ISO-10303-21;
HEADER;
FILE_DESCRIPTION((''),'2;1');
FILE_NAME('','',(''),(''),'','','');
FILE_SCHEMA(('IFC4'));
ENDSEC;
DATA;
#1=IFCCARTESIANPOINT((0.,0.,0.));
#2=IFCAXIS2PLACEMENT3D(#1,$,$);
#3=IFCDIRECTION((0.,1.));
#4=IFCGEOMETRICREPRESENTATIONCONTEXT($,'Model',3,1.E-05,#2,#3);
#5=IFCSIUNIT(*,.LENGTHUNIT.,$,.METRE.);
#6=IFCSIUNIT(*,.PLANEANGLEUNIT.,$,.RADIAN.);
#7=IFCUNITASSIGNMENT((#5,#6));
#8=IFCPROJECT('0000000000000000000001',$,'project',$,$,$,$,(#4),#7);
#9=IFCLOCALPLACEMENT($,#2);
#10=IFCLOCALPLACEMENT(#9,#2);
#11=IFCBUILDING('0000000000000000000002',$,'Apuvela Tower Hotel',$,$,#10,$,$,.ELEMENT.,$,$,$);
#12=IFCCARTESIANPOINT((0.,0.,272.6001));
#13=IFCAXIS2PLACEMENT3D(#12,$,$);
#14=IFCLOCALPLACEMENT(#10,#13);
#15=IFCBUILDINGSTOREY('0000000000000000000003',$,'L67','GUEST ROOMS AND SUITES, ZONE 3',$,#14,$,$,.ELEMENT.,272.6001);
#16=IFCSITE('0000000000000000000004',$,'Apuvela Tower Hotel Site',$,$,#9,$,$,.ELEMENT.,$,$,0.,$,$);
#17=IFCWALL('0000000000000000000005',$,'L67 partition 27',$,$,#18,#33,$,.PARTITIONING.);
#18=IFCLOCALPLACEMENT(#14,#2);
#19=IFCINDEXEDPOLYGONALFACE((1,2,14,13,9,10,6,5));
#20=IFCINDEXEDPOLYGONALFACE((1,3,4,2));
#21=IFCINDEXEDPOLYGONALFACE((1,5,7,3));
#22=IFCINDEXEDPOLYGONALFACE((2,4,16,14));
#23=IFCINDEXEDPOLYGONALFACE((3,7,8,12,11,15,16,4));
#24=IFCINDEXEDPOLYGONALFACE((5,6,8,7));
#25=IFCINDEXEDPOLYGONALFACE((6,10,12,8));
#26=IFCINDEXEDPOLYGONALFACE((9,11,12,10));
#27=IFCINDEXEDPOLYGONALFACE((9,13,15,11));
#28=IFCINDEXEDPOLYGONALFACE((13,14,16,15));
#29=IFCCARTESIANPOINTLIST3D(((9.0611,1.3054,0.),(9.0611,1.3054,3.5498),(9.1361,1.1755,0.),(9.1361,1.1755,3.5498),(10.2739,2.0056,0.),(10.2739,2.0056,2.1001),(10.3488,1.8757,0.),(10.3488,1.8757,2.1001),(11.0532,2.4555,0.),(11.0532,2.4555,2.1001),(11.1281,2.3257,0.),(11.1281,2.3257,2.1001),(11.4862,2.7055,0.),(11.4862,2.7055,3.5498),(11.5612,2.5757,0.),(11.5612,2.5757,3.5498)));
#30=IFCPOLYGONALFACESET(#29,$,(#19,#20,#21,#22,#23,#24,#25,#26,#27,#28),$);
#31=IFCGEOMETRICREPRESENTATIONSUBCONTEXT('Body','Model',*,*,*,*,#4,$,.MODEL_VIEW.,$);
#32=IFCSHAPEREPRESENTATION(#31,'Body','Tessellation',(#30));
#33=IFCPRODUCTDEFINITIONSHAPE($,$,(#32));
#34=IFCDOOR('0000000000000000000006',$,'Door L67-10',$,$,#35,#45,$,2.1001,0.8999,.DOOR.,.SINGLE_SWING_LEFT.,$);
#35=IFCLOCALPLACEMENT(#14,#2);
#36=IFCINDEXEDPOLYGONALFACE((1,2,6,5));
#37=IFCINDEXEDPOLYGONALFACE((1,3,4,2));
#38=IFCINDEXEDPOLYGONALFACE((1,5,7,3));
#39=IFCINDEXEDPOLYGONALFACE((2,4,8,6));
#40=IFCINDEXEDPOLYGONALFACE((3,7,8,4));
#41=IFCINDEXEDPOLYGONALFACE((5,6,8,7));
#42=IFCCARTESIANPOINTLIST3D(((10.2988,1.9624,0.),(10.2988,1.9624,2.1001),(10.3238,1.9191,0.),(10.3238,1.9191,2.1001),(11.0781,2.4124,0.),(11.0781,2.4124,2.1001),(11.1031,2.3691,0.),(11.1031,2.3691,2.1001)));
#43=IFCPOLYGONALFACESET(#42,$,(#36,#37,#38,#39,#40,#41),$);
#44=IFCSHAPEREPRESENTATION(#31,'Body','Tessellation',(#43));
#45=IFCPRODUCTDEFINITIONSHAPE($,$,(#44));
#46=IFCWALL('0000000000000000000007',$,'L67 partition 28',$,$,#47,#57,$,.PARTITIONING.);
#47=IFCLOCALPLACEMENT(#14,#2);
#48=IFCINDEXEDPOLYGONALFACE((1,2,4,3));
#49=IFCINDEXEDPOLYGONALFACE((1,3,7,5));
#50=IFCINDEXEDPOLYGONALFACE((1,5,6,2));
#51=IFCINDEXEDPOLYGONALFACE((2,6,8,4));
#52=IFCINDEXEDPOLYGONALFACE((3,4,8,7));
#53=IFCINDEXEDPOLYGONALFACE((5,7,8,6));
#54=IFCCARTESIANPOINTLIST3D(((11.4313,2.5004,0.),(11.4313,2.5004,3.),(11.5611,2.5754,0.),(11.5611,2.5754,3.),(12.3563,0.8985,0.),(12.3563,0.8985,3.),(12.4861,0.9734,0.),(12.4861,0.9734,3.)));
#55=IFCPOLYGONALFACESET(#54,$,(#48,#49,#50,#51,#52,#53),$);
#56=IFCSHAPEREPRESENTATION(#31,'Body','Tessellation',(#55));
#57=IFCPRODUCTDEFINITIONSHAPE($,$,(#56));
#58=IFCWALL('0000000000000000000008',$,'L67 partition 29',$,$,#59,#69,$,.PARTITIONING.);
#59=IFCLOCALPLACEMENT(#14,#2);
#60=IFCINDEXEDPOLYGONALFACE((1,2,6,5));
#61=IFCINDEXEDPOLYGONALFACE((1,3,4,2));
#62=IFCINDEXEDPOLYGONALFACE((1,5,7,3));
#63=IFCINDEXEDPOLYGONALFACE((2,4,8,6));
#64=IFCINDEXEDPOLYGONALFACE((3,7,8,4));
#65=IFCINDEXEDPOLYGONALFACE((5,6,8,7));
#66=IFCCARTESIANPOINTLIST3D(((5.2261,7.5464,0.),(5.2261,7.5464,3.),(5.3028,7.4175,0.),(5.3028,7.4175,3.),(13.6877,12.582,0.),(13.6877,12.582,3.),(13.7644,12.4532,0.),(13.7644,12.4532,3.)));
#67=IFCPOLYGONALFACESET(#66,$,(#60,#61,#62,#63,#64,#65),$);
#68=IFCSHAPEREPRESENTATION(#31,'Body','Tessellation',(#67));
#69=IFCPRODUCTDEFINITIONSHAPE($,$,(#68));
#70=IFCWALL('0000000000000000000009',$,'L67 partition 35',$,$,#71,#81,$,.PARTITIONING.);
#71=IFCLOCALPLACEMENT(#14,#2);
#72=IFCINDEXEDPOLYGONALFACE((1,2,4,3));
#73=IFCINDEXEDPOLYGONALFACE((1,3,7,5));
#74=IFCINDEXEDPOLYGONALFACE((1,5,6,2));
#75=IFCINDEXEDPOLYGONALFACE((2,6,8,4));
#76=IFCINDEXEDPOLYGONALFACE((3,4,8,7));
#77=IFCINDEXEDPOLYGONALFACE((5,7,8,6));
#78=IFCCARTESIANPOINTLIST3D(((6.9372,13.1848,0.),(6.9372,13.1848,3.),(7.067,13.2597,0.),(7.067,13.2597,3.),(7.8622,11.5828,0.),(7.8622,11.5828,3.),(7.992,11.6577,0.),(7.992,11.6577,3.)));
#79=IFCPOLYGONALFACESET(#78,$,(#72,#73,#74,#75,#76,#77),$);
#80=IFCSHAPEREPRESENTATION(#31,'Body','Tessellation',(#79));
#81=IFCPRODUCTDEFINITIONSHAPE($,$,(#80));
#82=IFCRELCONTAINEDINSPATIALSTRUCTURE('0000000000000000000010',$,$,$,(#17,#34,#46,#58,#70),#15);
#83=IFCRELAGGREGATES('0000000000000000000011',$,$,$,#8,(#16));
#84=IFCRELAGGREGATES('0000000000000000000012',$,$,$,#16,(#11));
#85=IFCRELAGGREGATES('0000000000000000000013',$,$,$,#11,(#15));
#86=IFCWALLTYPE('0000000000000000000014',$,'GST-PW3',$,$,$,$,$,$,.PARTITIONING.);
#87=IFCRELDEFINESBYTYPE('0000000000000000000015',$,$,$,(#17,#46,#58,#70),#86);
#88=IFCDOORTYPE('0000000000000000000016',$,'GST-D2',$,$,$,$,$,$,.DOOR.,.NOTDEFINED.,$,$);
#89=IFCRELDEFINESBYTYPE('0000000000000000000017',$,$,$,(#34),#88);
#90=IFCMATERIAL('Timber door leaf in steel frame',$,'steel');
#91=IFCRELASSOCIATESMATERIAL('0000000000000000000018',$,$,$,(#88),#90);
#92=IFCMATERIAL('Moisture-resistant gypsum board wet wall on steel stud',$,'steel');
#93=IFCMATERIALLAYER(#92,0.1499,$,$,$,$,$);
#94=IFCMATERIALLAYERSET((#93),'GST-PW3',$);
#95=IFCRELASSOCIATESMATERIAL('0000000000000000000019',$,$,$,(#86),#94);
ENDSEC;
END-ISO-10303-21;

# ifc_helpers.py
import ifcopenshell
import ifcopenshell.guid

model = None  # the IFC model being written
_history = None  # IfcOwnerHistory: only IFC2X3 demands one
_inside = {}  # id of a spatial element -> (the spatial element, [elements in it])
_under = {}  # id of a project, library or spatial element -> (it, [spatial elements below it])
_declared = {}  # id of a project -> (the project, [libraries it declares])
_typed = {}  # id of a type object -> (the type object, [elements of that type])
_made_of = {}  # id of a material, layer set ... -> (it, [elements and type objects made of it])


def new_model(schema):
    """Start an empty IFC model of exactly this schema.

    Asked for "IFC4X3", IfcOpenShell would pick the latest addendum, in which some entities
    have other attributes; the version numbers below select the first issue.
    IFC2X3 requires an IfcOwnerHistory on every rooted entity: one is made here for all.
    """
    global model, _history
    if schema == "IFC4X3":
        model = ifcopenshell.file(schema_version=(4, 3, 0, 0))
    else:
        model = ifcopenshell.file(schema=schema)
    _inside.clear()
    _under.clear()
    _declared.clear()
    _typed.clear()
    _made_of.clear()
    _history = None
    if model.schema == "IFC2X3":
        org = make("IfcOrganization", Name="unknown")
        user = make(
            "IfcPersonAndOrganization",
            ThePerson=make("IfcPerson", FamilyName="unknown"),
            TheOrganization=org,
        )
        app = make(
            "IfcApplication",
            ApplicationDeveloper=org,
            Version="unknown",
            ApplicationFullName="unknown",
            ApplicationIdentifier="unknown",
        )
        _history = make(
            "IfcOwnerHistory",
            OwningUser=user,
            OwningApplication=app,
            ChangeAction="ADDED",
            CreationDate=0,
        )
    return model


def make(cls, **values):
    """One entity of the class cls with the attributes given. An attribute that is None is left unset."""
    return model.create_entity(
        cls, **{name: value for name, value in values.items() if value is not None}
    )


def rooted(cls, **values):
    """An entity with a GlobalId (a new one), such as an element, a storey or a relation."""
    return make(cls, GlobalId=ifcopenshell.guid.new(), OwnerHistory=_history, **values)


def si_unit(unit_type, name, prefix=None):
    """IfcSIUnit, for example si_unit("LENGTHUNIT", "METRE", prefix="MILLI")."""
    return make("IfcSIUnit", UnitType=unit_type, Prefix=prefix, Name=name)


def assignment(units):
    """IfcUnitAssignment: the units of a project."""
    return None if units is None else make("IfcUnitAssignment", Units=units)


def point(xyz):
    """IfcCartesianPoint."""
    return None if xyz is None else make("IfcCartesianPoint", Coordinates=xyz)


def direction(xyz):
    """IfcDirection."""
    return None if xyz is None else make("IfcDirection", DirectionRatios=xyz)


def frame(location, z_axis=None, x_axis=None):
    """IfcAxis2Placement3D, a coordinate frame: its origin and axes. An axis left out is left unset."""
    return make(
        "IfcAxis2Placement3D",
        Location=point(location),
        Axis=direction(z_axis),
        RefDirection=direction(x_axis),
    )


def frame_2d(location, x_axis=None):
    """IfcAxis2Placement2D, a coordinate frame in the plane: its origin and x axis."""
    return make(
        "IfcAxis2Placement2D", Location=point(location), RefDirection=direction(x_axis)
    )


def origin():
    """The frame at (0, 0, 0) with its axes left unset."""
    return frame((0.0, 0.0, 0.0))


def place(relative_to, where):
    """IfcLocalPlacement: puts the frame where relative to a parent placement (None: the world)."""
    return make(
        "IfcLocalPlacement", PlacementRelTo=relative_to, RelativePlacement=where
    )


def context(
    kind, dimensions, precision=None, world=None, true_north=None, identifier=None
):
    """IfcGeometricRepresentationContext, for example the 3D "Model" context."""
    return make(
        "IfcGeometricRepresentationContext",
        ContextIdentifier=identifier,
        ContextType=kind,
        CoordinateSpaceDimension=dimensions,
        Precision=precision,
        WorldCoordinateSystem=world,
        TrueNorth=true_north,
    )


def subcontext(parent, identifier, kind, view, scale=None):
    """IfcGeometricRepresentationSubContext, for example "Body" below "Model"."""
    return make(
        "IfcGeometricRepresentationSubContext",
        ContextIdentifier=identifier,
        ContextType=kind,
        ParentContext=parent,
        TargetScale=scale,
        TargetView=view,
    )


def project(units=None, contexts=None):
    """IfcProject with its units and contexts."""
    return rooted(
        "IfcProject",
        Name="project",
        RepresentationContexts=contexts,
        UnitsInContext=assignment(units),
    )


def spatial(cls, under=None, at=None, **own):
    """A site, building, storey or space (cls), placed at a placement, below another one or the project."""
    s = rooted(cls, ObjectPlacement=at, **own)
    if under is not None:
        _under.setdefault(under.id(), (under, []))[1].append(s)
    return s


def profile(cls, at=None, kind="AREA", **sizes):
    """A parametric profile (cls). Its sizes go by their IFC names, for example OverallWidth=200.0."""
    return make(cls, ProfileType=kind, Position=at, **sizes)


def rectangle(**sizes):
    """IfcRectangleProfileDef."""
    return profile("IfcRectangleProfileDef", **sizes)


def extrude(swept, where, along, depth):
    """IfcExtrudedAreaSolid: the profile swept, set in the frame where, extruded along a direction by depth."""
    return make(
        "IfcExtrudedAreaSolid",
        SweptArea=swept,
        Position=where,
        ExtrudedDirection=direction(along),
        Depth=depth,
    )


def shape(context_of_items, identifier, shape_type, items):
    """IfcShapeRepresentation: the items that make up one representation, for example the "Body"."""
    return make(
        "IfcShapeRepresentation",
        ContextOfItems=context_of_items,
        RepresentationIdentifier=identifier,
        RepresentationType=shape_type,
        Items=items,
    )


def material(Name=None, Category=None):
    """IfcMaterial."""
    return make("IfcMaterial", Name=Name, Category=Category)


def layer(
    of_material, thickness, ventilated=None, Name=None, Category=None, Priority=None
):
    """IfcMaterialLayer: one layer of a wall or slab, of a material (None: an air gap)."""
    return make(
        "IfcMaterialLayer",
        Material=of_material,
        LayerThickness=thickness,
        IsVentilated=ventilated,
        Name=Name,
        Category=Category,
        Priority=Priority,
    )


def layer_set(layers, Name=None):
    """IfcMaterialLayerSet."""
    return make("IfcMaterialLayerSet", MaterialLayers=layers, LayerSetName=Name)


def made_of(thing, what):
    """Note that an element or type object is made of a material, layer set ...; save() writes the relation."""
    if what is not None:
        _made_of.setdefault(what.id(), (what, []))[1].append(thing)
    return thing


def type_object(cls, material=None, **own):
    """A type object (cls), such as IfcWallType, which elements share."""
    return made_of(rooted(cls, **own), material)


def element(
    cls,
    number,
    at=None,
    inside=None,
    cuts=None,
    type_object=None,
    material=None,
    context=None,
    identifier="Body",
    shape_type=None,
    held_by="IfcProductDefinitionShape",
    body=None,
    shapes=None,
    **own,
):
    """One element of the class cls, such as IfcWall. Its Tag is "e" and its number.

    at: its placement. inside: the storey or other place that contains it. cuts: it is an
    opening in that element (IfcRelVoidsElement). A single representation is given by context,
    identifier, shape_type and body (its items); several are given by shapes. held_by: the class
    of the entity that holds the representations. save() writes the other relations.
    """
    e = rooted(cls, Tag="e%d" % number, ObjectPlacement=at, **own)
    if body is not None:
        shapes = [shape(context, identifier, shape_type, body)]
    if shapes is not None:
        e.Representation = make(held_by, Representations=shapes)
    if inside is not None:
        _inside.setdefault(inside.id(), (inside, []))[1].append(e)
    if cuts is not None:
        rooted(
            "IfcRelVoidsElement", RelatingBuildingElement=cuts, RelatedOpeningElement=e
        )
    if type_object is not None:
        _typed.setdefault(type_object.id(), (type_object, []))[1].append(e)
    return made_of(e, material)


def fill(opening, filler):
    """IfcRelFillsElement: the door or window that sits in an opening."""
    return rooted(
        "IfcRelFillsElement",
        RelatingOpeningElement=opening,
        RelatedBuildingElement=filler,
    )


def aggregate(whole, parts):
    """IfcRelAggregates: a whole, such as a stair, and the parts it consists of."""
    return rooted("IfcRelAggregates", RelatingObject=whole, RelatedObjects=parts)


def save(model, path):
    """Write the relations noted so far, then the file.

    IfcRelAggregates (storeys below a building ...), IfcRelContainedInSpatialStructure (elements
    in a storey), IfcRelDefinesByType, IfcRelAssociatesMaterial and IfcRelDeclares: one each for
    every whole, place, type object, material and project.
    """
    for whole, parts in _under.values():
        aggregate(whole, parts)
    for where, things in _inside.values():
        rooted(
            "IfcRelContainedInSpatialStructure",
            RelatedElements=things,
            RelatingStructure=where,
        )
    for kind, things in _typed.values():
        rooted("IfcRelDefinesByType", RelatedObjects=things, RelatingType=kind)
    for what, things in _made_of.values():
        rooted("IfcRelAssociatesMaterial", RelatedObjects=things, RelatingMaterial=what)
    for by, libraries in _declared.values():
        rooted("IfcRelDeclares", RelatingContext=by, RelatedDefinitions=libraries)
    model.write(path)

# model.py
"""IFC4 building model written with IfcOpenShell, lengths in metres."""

from ifc_helpers import new_model, si_unit, direction, frame, frame_2d, origin, place, context, subcontext, project, spatial, rectangle, extrude, material, layer, layer_set, type_object, element, fill, save


model = new_model("IFC4")

# Units and contexts
model_context = context("Model", 3, precision=1e-05, world=origin(), true_north=direction((0.0, 1.0)))
body_context = subcontext(model_context, "Body", "Model", "MODEL_VIEW")
ifc_project = project(units=[si_unit("LENGTHUNIT", "METRE"), si_unit("PLANEANGLEUNIT", "RADIAN")], contexts=[model_context])

# Site, building, storey
site_placement = place(None, origin())
site = spatial("IfcSite", under=ifc_project, at=site_placement, Name="Apuvela Tower Hotel Site", CompositionType="ELEMENT", RefElevation=0.0)
building_placement = place(site_placement, origin())
building = spatial("IfcBuilding", under=site, at=building_placement, Name="Apuvela Tower Hotel", CompositionType="ELEMENT")
storey_placement = place(building_placement, frame((0.0, 0.0, 272.6001)))
storey = spatial("IfcBuildingStorey", under=building, at=storey_placement, Name="L67", Description="GUEST ROOMS AND SUITES, ZONE 3", CompositionType="ELEMENT", Elevation=272.6001)

# Wall, opening, door
ifc_material_1 = material(Name="Timber door leaf in steel frame", Category="steel")
door_type_1 = type_object("IfcDoorType", Name="GST-D2", OperationType="NOTDEFINED", PredefinedType="DOOR", material=ifc_material_1)
ifc_material_2 = material(Name="Moisture-resistant gypsum board wet wall on steel stud", Category="steel")
ifc_layer_1 = layer(ifc_material_2, 0.1499)
ifc_layer_set_1 = layer_set([ifc_layer_1], Name="GST-PW3")
wall_type_1 = type_object("IfcWallType", Name="GST-PW3", PredefinedType="PARTITIONING", material=ifc_layer_set_1)
wall_1_placement = place(storey_placement, frame((11.5237, 2.6406, 0.0), z_axis=(0.0, 0.0, 1.0), x_axis=(-0.866019, -0.500012, 0.0)))
wall_1 = element("IfcWall", 1, at=wall_1_placement, inside=storey, type_object=wall_type_1, Name="L67 partition 27", PredefinedType="PARTITIONING", context=body_context, shape_type="SweptSolid", body=[
    extrude(rectangle(XDim=2.8003, YDim=0.1499, at=frame_2d((1.4001, 0.0))), origin(), (0.0, 0.0, 1.0), 3.5498),
])
opening_1_placement = place(wall_1_placement, frame((0.5, 0.0, 0.0)))
opening_1 = element("IfcOpeningElement", 2, at=opening_1_placement, cuts=wall_1, PredefinedType="OPENING", context=body_context, shape_type="SweptSolid", body=[
    extrude(rectangle(XDim=0.8999, YDim=2.1001, at=frame_2d((0.45, 1.05))), frame((0.0, 0.085, 0.0), z_axis=(0.0, -1.0, 0.0), x_axis=(1.0, 0.0, 0.0)), (0.0, 0.0, 1.0), 0.1699),
])
door_1_placement = place(opening_1_placement, origin())
door_1 = element("IfcDoor", 3, at=door_1_placement, inside=storey, type_object=door_type_1, Name="Door L67-10", OperationType="SINGLE_SWING_LEFT", OverallHeight=2.1001, OverallWidth=0.8999, PredefinedType="DOOR", context=body_context, shape_type="SweptSolid", body=[
    extrude(rectangle(XDim=0.8999, YDim=2.1001, at=frame_2d((0.45, 1.05))), frame((0.0, 0.0249, 0.0), z_axis=(0.0, -1.0, 0.0), x_axis=(1.0, 0.0, 0.0)), (0.0, 0.0, 1.0), 0.05),
])
fill(opening_1, door_1)

# Walls
wall_2_placement = place(storey_placement, frame((12.4211, 0.936, 0.0), z_axis=(0.0, 0.0, 1.0), x_axis=(-0.500042, 0.866001, 0.0)))
element("IfcWall", 4, at=wall_2_placement, inside=storey, type_object=wall_type_1, Name="L67 partition 28", PredefinedType="PARTITIONING", context=body_context, shape_type="SweptSolid", body=[
    extrude(rectangle(XDim=1.8499, YDim=0.1499, at=frame_2d((0.9248, 0.0))), origin(), (0.0, 0.0, 1.0), 3.0),
])
wall_3_placement = place(storey_placement, frame((13.7261, 12.5176, 0.0), z_axis=(0.0, 0.0, 1.0), x_axis=(-0.85934, -0.511404, 0.0)))
element("IfcWall", 5, at=wall_3_placement, inside=storey, type_object=wall_type_1, Name="L67 partition 29", PredefinedType="PARTITIONING", context=body_context, shape_type="SweptSolid", body=[
    extrude(rectangle(XDim=9.8467, YDim=0.1499, at=frame_2d((4.9233, 0.0))), origin(), (0.0, 0.0, 1.0), 3.0),
])
wall_4_placement = place(storey_placement, frame((7.927, 11.6204, 0.0), z_axis=(0.0, 0.0, 1.0), x_axis=(-0.500042, 0.866001, 0.0)))
element("IfcWall", 6, at=wall_4_placement, inside=storey, type_object=wall_type_1, Name="L67 partition 35", PredefinedType="PARTITIONING", context=body_context, shape_type="SweptSolid", body=[
    extrude(rectangle(XDim=1.8499, YDim=0.1499, at=frame_2d((0.9248, 0.0))), origin(), (0.0, 0.0, 1.0), 3.0),
])

save(model, "model.ifc")
